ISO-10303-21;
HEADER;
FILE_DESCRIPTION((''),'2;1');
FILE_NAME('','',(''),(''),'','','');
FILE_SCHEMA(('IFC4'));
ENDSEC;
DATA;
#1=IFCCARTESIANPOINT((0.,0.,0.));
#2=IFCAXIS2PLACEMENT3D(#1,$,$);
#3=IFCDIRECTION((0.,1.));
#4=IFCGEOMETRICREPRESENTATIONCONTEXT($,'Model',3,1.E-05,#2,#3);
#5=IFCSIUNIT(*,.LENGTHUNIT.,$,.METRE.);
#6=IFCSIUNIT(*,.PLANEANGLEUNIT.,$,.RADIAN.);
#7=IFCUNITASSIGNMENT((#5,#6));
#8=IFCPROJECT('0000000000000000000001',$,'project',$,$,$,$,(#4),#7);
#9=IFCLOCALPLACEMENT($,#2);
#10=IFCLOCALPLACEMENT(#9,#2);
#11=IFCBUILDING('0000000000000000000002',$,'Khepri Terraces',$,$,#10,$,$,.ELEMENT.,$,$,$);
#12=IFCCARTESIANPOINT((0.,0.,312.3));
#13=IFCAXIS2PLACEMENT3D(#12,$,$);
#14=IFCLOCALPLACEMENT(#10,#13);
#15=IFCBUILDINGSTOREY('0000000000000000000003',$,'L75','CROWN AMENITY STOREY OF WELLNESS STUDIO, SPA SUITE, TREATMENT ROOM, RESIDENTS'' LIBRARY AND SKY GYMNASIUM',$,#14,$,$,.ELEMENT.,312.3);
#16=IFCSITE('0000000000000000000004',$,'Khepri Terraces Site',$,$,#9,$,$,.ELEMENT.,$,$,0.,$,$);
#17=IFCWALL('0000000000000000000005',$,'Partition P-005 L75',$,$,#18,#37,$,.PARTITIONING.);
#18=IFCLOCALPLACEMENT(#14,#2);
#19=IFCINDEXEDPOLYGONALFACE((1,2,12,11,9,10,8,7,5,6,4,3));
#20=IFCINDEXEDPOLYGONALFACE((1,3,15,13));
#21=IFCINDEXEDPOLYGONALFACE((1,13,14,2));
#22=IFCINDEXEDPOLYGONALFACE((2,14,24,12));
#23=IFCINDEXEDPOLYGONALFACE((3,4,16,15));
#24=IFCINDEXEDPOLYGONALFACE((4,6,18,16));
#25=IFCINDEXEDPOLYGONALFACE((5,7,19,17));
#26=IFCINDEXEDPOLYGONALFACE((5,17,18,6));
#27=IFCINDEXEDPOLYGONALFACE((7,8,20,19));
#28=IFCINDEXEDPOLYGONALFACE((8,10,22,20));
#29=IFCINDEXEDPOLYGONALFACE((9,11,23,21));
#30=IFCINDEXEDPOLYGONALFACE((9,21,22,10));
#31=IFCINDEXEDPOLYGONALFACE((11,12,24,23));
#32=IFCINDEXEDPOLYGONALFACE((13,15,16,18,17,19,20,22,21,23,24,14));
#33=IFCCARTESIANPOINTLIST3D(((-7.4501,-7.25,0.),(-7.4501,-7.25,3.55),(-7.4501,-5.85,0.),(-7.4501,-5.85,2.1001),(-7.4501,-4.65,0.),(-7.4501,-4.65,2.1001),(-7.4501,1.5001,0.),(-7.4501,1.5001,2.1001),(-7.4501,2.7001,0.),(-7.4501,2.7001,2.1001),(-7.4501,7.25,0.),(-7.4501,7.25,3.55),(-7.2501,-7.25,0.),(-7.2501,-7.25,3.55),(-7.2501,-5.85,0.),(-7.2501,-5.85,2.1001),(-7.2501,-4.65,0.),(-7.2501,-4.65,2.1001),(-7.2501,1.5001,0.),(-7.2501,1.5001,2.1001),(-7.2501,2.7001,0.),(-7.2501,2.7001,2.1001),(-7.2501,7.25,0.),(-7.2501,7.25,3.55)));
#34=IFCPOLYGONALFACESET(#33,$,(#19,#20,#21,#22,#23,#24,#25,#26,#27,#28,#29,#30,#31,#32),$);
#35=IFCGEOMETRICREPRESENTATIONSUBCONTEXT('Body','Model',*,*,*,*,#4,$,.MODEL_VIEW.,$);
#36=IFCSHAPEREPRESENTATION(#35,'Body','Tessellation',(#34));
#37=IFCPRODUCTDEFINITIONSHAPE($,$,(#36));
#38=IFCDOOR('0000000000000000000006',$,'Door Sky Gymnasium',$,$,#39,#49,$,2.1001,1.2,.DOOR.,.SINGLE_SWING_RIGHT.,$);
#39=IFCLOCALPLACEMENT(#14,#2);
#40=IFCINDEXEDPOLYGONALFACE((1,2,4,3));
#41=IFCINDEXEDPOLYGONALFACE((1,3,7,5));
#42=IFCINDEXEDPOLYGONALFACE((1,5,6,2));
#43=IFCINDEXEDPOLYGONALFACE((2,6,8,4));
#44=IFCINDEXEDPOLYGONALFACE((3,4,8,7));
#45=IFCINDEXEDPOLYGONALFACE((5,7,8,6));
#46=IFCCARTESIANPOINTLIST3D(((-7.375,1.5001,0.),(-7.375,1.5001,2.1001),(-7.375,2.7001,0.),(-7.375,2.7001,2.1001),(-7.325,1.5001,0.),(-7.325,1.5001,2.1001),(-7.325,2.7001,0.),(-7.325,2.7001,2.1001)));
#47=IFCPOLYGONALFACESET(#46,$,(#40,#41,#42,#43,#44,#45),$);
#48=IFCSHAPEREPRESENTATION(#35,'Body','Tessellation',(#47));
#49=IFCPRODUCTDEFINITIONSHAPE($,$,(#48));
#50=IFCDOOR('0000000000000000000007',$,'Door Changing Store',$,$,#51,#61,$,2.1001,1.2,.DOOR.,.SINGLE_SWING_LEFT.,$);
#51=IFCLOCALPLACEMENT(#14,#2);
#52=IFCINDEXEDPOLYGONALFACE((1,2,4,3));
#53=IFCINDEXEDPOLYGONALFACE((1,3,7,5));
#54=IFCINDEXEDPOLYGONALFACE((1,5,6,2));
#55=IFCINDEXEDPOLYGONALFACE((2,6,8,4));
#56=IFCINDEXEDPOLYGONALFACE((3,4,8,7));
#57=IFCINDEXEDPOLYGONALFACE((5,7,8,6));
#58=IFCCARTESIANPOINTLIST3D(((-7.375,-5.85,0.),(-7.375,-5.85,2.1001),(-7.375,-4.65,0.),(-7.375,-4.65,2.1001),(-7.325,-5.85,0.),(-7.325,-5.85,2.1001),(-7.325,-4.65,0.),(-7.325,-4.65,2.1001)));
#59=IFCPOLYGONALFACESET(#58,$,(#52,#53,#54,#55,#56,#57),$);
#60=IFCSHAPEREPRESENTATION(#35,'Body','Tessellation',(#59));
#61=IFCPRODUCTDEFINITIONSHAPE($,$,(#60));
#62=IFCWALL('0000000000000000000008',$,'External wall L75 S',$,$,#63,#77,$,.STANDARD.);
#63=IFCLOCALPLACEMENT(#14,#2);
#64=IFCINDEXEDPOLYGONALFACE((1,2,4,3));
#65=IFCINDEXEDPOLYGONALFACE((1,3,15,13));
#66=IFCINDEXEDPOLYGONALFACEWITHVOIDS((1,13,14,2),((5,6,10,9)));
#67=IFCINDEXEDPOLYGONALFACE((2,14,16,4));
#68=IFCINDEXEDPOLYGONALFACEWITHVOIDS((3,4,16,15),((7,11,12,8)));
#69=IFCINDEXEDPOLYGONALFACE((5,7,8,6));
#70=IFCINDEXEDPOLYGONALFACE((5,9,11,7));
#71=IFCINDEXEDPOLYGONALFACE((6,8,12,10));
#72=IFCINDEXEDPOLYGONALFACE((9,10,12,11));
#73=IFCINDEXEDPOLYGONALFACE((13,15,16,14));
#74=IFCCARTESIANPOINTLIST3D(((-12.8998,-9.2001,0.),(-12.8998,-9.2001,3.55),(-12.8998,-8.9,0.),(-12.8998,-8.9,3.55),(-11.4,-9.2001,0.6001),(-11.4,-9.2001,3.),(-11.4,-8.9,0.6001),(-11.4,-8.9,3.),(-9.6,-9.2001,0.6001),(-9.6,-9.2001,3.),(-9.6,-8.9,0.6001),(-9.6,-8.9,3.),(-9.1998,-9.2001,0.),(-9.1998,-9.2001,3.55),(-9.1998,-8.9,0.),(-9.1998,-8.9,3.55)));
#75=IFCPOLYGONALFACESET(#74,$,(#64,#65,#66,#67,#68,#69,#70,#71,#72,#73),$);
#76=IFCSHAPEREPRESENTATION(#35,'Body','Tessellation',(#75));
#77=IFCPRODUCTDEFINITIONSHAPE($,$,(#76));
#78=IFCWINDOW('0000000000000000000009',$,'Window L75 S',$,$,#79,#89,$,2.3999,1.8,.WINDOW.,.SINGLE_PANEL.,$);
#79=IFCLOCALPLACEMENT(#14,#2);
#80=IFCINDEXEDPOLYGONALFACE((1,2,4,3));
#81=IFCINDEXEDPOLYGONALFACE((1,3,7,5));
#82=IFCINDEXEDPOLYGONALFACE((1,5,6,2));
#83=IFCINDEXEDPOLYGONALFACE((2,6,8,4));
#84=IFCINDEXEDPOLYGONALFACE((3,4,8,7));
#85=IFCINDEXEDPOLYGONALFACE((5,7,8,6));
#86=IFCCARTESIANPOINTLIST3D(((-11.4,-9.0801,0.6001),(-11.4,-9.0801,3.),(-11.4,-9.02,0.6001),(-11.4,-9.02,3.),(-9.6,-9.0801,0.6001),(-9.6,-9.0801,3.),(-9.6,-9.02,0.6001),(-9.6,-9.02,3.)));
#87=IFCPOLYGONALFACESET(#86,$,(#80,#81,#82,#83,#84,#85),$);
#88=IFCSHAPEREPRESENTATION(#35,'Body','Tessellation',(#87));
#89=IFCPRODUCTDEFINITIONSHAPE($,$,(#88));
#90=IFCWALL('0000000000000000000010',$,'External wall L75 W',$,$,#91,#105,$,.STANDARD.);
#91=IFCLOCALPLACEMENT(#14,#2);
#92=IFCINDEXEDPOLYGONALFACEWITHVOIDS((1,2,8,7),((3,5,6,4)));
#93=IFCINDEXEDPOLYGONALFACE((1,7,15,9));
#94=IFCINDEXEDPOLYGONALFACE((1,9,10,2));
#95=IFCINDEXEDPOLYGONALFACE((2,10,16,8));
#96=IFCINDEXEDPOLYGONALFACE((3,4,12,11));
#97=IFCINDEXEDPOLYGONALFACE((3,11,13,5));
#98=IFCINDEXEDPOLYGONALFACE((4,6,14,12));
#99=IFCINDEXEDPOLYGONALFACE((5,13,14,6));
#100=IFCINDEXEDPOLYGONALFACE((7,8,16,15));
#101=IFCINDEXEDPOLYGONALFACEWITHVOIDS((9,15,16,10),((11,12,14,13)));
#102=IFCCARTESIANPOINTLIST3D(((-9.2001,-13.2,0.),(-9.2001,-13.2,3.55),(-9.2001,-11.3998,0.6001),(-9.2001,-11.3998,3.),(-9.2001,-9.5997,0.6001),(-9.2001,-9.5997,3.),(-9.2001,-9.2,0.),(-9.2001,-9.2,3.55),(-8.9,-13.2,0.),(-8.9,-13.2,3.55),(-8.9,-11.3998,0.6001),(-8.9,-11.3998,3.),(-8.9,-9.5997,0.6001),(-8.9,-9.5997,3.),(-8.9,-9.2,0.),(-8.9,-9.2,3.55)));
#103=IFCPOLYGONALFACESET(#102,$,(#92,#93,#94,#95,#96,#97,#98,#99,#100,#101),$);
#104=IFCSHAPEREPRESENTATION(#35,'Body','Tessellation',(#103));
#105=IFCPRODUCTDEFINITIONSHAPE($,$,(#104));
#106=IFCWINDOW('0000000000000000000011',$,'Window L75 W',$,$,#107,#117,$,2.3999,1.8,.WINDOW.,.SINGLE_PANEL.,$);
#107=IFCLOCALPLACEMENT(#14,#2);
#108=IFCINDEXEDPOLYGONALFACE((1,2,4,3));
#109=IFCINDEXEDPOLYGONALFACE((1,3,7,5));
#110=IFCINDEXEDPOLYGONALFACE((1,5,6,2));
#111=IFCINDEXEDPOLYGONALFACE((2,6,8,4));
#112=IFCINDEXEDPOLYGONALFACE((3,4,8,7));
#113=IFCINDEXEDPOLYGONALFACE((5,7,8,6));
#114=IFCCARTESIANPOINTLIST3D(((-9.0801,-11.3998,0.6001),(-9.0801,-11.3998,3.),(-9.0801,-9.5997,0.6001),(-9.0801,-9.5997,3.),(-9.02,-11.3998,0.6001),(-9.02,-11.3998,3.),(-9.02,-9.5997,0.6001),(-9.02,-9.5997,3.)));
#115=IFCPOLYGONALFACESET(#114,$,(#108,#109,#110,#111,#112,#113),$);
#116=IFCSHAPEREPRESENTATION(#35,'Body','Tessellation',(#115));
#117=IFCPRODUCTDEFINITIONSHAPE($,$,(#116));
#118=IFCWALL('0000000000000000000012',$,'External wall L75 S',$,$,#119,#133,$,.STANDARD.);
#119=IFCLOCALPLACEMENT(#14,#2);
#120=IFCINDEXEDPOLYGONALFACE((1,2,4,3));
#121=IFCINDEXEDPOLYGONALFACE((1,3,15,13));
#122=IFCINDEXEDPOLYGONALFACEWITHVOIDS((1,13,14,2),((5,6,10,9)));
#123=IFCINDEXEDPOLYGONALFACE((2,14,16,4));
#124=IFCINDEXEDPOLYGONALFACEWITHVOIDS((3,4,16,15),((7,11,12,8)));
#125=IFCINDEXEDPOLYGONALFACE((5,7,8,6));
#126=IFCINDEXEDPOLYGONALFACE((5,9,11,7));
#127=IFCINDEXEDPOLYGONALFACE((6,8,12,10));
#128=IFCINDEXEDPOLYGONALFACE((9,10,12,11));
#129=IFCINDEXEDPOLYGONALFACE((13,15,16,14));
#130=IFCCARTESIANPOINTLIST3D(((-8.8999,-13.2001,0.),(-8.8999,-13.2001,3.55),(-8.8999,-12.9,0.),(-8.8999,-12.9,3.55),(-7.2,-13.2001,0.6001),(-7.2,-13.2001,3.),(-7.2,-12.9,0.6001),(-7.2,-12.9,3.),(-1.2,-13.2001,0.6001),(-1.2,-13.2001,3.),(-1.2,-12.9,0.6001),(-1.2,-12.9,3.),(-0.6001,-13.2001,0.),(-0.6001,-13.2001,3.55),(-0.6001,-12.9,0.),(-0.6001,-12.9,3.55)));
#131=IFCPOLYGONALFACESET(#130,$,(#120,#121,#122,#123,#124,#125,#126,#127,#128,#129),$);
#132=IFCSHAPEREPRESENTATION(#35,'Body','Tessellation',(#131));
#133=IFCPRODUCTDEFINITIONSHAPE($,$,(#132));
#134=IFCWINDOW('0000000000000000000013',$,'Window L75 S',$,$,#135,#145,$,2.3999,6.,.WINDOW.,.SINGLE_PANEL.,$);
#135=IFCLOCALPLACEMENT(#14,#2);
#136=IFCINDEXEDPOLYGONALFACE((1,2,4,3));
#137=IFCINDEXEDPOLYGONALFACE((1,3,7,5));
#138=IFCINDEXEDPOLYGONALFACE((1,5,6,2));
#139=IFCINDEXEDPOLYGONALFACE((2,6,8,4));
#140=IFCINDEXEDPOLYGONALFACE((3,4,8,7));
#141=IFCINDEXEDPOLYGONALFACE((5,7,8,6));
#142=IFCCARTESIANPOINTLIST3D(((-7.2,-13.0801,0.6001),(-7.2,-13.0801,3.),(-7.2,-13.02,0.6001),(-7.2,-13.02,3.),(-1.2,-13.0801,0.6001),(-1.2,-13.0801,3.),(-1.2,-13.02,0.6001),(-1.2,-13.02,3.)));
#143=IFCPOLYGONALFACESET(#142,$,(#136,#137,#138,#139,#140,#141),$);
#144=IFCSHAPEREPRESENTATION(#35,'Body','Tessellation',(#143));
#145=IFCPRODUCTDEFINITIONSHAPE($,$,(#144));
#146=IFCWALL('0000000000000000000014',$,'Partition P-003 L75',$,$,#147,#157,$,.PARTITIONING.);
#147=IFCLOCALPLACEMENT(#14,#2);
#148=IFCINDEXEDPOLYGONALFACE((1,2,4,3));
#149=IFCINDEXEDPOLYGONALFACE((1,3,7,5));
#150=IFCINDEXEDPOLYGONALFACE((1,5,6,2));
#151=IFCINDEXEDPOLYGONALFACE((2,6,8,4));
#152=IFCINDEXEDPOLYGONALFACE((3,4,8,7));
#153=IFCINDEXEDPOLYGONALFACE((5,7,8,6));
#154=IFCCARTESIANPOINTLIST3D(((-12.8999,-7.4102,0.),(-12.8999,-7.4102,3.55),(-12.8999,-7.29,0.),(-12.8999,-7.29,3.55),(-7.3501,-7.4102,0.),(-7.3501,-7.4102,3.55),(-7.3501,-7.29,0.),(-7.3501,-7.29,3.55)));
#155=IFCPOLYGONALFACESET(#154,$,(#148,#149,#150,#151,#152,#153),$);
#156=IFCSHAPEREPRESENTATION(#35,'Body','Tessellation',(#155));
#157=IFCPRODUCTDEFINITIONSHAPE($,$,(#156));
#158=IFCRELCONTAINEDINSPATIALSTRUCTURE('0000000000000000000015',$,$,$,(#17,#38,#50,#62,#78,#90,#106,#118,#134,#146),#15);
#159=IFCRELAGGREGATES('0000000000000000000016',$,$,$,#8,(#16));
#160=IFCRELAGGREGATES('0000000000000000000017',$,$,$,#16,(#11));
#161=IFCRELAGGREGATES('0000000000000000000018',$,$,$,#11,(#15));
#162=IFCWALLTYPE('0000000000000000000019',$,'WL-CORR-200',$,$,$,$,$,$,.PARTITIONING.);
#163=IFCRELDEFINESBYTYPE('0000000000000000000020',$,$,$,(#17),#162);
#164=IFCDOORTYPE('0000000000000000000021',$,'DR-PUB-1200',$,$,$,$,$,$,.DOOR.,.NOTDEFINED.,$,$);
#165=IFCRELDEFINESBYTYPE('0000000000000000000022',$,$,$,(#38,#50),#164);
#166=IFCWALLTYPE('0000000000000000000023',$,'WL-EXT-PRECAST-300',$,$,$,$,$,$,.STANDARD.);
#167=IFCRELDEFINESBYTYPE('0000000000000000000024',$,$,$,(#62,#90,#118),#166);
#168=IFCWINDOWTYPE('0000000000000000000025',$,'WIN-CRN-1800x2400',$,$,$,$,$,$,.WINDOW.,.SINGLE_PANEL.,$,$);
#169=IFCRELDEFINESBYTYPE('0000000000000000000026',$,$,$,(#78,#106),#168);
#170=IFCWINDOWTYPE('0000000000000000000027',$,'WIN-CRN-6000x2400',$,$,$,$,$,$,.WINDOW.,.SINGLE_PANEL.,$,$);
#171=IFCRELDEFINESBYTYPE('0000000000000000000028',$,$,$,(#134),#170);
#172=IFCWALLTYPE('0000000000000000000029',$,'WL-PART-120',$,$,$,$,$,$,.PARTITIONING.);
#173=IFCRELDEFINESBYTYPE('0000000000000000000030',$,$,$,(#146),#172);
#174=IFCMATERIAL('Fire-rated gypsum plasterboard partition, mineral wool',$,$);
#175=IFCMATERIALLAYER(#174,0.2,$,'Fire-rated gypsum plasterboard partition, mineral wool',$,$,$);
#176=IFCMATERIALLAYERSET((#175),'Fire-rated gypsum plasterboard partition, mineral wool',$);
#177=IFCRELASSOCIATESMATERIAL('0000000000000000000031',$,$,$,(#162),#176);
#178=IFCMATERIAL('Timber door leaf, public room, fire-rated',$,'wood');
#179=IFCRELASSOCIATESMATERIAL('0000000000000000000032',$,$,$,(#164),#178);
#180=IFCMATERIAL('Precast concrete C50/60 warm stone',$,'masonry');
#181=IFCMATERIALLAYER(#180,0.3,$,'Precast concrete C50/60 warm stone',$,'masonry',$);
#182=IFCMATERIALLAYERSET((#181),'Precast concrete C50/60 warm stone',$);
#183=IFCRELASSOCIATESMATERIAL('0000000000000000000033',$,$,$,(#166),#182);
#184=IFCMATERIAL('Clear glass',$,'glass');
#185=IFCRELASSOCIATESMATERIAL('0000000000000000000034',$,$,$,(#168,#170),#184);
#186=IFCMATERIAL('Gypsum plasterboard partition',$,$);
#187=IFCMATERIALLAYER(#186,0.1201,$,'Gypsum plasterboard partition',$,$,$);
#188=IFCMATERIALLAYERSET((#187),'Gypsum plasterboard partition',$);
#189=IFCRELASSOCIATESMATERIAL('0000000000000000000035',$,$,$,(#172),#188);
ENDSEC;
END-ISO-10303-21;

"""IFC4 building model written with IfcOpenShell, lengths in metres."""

from ifc_helpers import new_model, si_unit, direction, frame, frame_2d, origin, place, context, subcontext, project, spatial, rectangle, extrude, material, layer, layer_set, type_object, element, fill, save


model = new_model("IFC4")

# Units and contexts
model_context = context("Model", 3, precision=1e-05, world=origin(), true_north=direction((0.0, 1.0)))
body_context = subcontext(model_context, "Body", "Model", "MODEL_VIEW")
ifc_project = project(units=[si_unit("LENGTHUNIT", "METRE"), si_unit("PLANEANGLEUNIT", "RADIAN")], contexts=[model_context])

# Site, building, storey
site_placement = place(None, origin())
site = spatial("IfcSite", under=ifc_project, at=site_placement, Name="Khepri Terraces Site", CompositionType="ELEMENT", RefElevation=0.0)
building_placement = place(site_placement, origin())
building = spatial("IfcBuilding", under=site, at=building_placement, Name="Khepri Terraces", CompositionType="ELEMENT")
storey_placement = place(building_placement, frame((0.0, 0.0, 312.3)))
storey = spatial("IfcBuildingStorey", under=building, at=storey_placement, Name="L75", Description="CROWN AMENITY STOREY OF WELLNESS STUDIO, SPA SUITE, TREATMENT ROOM, RESIDENTS' LIBRARY AND SKY GYMNASIUM", CompositionType="ELEMENT", Elevation=312.3)

# Wall, openings, doors
ifc_material_1 = material(Name="Fire-rated gypsum plasterboard partition, mineral wool")
ifc_layer_1 = layer(ifc_material_1, 0.2, Name="Fire-rated gypsum plasterboard partition, mineral wool")
ifc_layer_set_1 = layer_set([ifc_layer_1], Name="Fire-rated gypsum plasterboard partition, mineral wool")
wall_type_1 = type_object("IfcWallType", Name="WL-CORR-200", PredefinedType="PARTITIONING", material=ifc_layer_set_1)
ifc_material_2 = material(Name="Timber door leaf, public room, fire-rated", Category="wood")
door_type_1 = type_object("IfcDoorType", Name="DR-PUB-1200", OperationType="NOTDEFINED", PredefinedType="DOOR", material=ifc_material_2)
wall_1_placement = place(storey_placement, frame((-7.3501, -7.25, 0.0), z_axis=(0.0, 0.0, 1.0), x_axis=(0.0, 1.0, 0.0)))
wall_1 = element("IfcWall", 1, at=wall_1_placement, inside=storey, type_object=wall_type_1, Name="Partition P-005 L75", PredefinedType="PARTITIONING", context=body_context, shape_type="SweptSolid", body=[
    extrude(rectangle(XDim=14.5, YDim=0.2, at=frame_2d((7.25, 0.0))), origin(), (0.0, 0.0, 1.0), 3.55),
])
opening_1_placement = place(wall_1_placement, frame((8.75, 0.0, 0.0)))
opening_1 = element("IfcOpeningElement", 2, at=opening_1_placement, cuts=wall_1, PredefinedType="OPENING", context=body_context, shape_type="SweptSolid", body=[
    extrude(rectangle(XDim=1.2, YDim=2.1001, at=frame_2d((0.6001, 1.05))), frame((0.0, 0.1099, 0.0), z_axis=(0.0, -1.0, 0.0), x_axis=(1.0, 0.0, 0.0)), (0.0, 0.0, 1.0), 0.22),
])
opening_2_placement = place(wall_1_placement, frame((1.3999, 0.0, 0.0)))
opening_2 = element("IfcOpeningElement", 3, at=opening_2_placement, cuts=wall_1, PredefinedType="OPENING", context=body_context, shape_type="SweptSolid", body=[
    extrude(rectangle(XDim=1.2, YDim=2.1001, at=frame_2d((0.6001, 1.05))), frame((0.0, 0.1099, 0.0), z_axis=(0.0, -1.0, 0.0), x_axis=(1.0, 0.0, 0.0)), (0.0, 0.0, 1.0), 0.22),
])
door_1_placement = place(opening_1_placement, origin())
door_1 = element("IfcDoor", 4, at=door_1_placement, inside=storey, type_object=door_type_1, Name="Door Sky Gymnasium", OperationType="SINGLE_SWING_RIGHT", OverallHeight=2.1001, OverallWidth=1.2, PredefinedType="DOOR", context=body_context, shape_type="SweptSolid", body=[
    extrude(rectangle(XDim=1.2, YDim=2.1001, at=frame_2d((0.6001, 1.05))), frame((0.0, 0.0249, 0.0), z_axis=(0.0, -1.0, 0.0), x_axis=(1.0, 0.0, 0.0)), (0.0, 0.0, 1.0), 0.05),
])
fill(opening_1, door_1)
door_2_placement = place(opening_2_placement, origin())
door_2 = element("IfcDoor", 5, at=door_2_placement, inside=storey, type_object=door_type_1, Name="Door Changing Store", OperationType="SINGLE_SWING_LEFT", OverallHeight=2.1001, OverallWidth=1.2, PredefinedType="DOOR", context=body_context, shape_type="SweptSolid", body=[
    extrude(rectangle(XDim=1.2, YDim=2.1001, at=frame_2d((0.6001, 1.05))), frame((0.0, 0.0249, 0.0), z_axis=(0.0, -1.0, 0.0), x_axis=(1.0, 0.0, 0.0)), (0.0, 0.0, 1.0), 0.05),
])
fill(opening_2, door_2)

# Walls, openings, windows
ifc_material_3 = material(Name="Precast concrete C50/60 warm stone", Category="masonry")
ifc_layer_2 = layer(ifc_material_3, 0.3, Name="Precast concrete C50/60 warm stone", Category="masonry")
ifc_layer_set_2 = layer_set([ifc_layer_2], Name="Precast concrete C50/60 warm stone")
wall_type_2 = type_object("IfcWallType", Name="WL-EXT-PRECAST-300", PredefinedType="STANDARD", material=ifc_layer_set_2)
wall_2_placement = place(storey_placement, frame((-12.8999, -9.05, 0.0), z_axis=(0.0, 0.0, 1.0), x_axis=(1.0, 0.0, 0.0)))
wall_2 = element("IfcWall", 6, at=wall_2_placement, inside=storey, type_object=wall_type_2, Name="External wall L75 S", PredefinedType="STANDARD", context=body_context, shape_type="SweptSolid", body=[
    extrude(rectangle(XDim=3.7, YDim=0.3, at=frame_2d((1.8501, 0.0))), origin(), (0.0, 0.0, 1.0), 3.55),
])
opening_3_placement = place(wall_2_placement, frame((1.5, 0.0, 0.6001)))
opening_3 = element("IfcOpeningElement", 7, at=opening_3_placement, cuts=wall_2, PredefinedType="OPENING", context=body_context, shape_type="SweptSolid", body=[
    extrude(rectangle(XDim=1.8, YDim=2.3999, at=frame_2d((0.8999, 1.2))), frame((0.0, 0.1602, 0.0), z_axis=(0.0, -1.0, 0.0), x_axis=(1.0, 0.0, 0.0)), (0.0, 0.0, 1.0), 0.3201),
])
ifc_material_4 = material(Name="Clear glass", Category="glass")
window_type_1 = type_object("IfcWindowType", Name="WIN-CRN-1800x2400", PartitioningType="SINGLE_PANEL", PredefinedType="WINDOW", material=ifc_material_4)
window_1_placement = place(opening_3_placement, origin())
window_1 = element("IfcWindow", 8, at=window_1_placement, inside=storey, type_object=window_type_1, Name="Window L75 S", OverallHeight=2.3999, OverallWidth=1.8, PartitioningType="SINGLE_PANEL", PredefinedType="WINDOW", context=body_context, shape_type="SweptSolid", body=[
    extrude(rectangle(XDim=1.8, YDim=2.3999, at=frame_2d((0.8999, 1.2))), frame((0.0, 0.03, 0.0), z_axis=(0.0, -1.0, 0.0), x_axis=(1.0, 0.0, 0.0)), (0.0, 0.0, 1.0), 0.0601),
])
fill(opening_3, window_1)
wall_3_placement = place(storey_placement, frame((-9.05, -9.2, 0.0), z_axis=(0.0, 0.0, 1.0), x_axis=(0.0, -1.0, 0.0)))
wall_3 = element("IfcWall", 9, at=wall_3_placement, inside=storey, type_object=wall_type_2, Name="External wall L75 W", PredefinedType="STANDARD", context=body_context, shape_type="SweptSolid", body=[
    extrude(rectangle(XDim=4.0, YDim=0.3, at=frame_2d((2.0, 0.0))), origin(), (0.0, 0.0, 1.0), 3.55),
])
opening_4_placement = place(wall_3_placement, frame((0.3999, 0.0, 0.6001)))
opening_4 = element("IfcOpeningElement", 10, at=opening_4_placement, cuts=wall_3, PredefinedType="OPENING", context=body_context, shape_type="SweptSolid", body=[
    extrude(rectangle(XDim=1.8, YDim=2.3999, at=frame_2d((0.8999, 1.2))), frame((0.0, 0.1602, 0.0), z_axis=(0.0, -1.0, 0.0), x_axis=(1.0, 0.0, 0.0)), (0.0, 0.0, 1.0), 0.3201),
])
window_2_placement = place(opening_4_placement, origin())
window_2 = element("IfcWindow", 11, at=window_2_placement, inside=storey, type_object=window_type_1, Name="Window L75 W", OverallHeight=2.3999, OverallWidth=1.8, PartitioningType="SINGLE_PANEL", PredefinedType="WINDOW", context=body_context, shape_type="SweptSolid", body=[
    extrude(rectangle(XDim=1.8, YDim=2.3999, at=frame_2d((0.8999, 1.2))), frame((0.0, 0.03, 0.0), z_axis=(0.0, -1.0, 0.0), x_axis=(1.0, 0.0, 0.0)), (0.0, 0.0, 1.0), 0.0601),
])
fill(opening_4, window_2)
wall_4_placement = place(storey_placement, frame((-8.8999, -13.05, 0.0), z_axis=(0.0, 0.0, 1.0), x_axis=(1.0, 0.0, 0.0)))
wall_4 = element("IfcWall", 12, at=wall_4_placement, inside=storey, type_object=wall_type_2, Name="External wall L75 S", PredefinedType="STANDARD", context=body_context, shape_type="SweptSolid", body=[
    extrude(rectangle(XDim=8.2998, YDim=0.3, at=frame_2d((4.1499, 0.0))), origin(), (0.0, 0.0, 1.0), 3.55),
])
opening_5_placement = place(wall_4_placement, frame((1.7, 0.0, 0.6001)))
opening_5 = element("IfcOpeningElement", 13, at=opening_5_placement, cuts=wall_4, PredefinedType="OPENING", context=body_context, shape_type="SweptSolid", body=[
    extrude(rectangle(XDim=6.0, YDim=2.3999, at=frame_2d((3.0, 1.2))), frame((0.0, 0.1602, 0.0), z_axis=(0.0, -1.0, 0.0), x_axis=(1.0, 0.0, 0.0)), (0.0, 0.0, 1.0), 0.3201),
])
window_type_2 = type_object("IfcWindowType", Name="WIN-CRN-6000x2400", PartitioningType="SINGLE_PANEL", PredefinedType="WINDOW", material=ifc_material_4)
window_3_placement = place(opening_5_placement, origin())
window_3 = element("IfcWindow", 14, at=window_3_placement, inside=storey, type_object=window_type_2, Name="Window L75 S", OverallHeight=2.3999, OverallWidth=6.0, PartitioningType="SINGLE_PANEL", PredefinedType="WINDOW", context=body_context, shape_type="SweptSolid", body=[
    extrude(rectangle(XDim=6.0, YDim=2.3999, at=frame_2d((3.0, 1.2))), frame((0.0, 0.03, 0.0), z_axis=(0.0, -1.0, 0.0), x_axis=(1.0, 0.0, 0.0)), (0.0, 0.0, 1.0), 0.0601),
])
fill(opening_5, window_3)

# Wall
ifc_material_5 = material(Name="Gypsum plasterboard partition")
ifc_layer_3 = layer(ifc_material_5, 0.1201, Name="Gypsum plasterboard partition")
ifc_layer_set_3 = layer_set([ifc_layer_3], Name="Gypsum plasterboard partition")
wall_type_3 = type_object("IfcWallType", Name="WL-PART-120", PredefinedType="PARTITIONING", material=ifc_layer_set_3)
wall_5_placement = place(storey_placement, frame((-12.8999, -7.3501, 0.0), z_axis=(0.0, 0.0, 1.0), x_axis=(1.0, 0.0, 0.0)))
element("IfcWall", 15, at=wall_5_placement, inside=storey, type_object=wall_type_3, Name="Partition P-003 L75", PredefinedType="PARTITIONING", context=body_context, shape_type="SweptSolid", body=[
    extrude(rectangle(XDim=5.5498, YDim=0.1201, at=frame_2d((2.7749, 0.0))), origin(), (0.0, 0.0, 1.0), 3.55),
])

save(model, "model.ifc")
